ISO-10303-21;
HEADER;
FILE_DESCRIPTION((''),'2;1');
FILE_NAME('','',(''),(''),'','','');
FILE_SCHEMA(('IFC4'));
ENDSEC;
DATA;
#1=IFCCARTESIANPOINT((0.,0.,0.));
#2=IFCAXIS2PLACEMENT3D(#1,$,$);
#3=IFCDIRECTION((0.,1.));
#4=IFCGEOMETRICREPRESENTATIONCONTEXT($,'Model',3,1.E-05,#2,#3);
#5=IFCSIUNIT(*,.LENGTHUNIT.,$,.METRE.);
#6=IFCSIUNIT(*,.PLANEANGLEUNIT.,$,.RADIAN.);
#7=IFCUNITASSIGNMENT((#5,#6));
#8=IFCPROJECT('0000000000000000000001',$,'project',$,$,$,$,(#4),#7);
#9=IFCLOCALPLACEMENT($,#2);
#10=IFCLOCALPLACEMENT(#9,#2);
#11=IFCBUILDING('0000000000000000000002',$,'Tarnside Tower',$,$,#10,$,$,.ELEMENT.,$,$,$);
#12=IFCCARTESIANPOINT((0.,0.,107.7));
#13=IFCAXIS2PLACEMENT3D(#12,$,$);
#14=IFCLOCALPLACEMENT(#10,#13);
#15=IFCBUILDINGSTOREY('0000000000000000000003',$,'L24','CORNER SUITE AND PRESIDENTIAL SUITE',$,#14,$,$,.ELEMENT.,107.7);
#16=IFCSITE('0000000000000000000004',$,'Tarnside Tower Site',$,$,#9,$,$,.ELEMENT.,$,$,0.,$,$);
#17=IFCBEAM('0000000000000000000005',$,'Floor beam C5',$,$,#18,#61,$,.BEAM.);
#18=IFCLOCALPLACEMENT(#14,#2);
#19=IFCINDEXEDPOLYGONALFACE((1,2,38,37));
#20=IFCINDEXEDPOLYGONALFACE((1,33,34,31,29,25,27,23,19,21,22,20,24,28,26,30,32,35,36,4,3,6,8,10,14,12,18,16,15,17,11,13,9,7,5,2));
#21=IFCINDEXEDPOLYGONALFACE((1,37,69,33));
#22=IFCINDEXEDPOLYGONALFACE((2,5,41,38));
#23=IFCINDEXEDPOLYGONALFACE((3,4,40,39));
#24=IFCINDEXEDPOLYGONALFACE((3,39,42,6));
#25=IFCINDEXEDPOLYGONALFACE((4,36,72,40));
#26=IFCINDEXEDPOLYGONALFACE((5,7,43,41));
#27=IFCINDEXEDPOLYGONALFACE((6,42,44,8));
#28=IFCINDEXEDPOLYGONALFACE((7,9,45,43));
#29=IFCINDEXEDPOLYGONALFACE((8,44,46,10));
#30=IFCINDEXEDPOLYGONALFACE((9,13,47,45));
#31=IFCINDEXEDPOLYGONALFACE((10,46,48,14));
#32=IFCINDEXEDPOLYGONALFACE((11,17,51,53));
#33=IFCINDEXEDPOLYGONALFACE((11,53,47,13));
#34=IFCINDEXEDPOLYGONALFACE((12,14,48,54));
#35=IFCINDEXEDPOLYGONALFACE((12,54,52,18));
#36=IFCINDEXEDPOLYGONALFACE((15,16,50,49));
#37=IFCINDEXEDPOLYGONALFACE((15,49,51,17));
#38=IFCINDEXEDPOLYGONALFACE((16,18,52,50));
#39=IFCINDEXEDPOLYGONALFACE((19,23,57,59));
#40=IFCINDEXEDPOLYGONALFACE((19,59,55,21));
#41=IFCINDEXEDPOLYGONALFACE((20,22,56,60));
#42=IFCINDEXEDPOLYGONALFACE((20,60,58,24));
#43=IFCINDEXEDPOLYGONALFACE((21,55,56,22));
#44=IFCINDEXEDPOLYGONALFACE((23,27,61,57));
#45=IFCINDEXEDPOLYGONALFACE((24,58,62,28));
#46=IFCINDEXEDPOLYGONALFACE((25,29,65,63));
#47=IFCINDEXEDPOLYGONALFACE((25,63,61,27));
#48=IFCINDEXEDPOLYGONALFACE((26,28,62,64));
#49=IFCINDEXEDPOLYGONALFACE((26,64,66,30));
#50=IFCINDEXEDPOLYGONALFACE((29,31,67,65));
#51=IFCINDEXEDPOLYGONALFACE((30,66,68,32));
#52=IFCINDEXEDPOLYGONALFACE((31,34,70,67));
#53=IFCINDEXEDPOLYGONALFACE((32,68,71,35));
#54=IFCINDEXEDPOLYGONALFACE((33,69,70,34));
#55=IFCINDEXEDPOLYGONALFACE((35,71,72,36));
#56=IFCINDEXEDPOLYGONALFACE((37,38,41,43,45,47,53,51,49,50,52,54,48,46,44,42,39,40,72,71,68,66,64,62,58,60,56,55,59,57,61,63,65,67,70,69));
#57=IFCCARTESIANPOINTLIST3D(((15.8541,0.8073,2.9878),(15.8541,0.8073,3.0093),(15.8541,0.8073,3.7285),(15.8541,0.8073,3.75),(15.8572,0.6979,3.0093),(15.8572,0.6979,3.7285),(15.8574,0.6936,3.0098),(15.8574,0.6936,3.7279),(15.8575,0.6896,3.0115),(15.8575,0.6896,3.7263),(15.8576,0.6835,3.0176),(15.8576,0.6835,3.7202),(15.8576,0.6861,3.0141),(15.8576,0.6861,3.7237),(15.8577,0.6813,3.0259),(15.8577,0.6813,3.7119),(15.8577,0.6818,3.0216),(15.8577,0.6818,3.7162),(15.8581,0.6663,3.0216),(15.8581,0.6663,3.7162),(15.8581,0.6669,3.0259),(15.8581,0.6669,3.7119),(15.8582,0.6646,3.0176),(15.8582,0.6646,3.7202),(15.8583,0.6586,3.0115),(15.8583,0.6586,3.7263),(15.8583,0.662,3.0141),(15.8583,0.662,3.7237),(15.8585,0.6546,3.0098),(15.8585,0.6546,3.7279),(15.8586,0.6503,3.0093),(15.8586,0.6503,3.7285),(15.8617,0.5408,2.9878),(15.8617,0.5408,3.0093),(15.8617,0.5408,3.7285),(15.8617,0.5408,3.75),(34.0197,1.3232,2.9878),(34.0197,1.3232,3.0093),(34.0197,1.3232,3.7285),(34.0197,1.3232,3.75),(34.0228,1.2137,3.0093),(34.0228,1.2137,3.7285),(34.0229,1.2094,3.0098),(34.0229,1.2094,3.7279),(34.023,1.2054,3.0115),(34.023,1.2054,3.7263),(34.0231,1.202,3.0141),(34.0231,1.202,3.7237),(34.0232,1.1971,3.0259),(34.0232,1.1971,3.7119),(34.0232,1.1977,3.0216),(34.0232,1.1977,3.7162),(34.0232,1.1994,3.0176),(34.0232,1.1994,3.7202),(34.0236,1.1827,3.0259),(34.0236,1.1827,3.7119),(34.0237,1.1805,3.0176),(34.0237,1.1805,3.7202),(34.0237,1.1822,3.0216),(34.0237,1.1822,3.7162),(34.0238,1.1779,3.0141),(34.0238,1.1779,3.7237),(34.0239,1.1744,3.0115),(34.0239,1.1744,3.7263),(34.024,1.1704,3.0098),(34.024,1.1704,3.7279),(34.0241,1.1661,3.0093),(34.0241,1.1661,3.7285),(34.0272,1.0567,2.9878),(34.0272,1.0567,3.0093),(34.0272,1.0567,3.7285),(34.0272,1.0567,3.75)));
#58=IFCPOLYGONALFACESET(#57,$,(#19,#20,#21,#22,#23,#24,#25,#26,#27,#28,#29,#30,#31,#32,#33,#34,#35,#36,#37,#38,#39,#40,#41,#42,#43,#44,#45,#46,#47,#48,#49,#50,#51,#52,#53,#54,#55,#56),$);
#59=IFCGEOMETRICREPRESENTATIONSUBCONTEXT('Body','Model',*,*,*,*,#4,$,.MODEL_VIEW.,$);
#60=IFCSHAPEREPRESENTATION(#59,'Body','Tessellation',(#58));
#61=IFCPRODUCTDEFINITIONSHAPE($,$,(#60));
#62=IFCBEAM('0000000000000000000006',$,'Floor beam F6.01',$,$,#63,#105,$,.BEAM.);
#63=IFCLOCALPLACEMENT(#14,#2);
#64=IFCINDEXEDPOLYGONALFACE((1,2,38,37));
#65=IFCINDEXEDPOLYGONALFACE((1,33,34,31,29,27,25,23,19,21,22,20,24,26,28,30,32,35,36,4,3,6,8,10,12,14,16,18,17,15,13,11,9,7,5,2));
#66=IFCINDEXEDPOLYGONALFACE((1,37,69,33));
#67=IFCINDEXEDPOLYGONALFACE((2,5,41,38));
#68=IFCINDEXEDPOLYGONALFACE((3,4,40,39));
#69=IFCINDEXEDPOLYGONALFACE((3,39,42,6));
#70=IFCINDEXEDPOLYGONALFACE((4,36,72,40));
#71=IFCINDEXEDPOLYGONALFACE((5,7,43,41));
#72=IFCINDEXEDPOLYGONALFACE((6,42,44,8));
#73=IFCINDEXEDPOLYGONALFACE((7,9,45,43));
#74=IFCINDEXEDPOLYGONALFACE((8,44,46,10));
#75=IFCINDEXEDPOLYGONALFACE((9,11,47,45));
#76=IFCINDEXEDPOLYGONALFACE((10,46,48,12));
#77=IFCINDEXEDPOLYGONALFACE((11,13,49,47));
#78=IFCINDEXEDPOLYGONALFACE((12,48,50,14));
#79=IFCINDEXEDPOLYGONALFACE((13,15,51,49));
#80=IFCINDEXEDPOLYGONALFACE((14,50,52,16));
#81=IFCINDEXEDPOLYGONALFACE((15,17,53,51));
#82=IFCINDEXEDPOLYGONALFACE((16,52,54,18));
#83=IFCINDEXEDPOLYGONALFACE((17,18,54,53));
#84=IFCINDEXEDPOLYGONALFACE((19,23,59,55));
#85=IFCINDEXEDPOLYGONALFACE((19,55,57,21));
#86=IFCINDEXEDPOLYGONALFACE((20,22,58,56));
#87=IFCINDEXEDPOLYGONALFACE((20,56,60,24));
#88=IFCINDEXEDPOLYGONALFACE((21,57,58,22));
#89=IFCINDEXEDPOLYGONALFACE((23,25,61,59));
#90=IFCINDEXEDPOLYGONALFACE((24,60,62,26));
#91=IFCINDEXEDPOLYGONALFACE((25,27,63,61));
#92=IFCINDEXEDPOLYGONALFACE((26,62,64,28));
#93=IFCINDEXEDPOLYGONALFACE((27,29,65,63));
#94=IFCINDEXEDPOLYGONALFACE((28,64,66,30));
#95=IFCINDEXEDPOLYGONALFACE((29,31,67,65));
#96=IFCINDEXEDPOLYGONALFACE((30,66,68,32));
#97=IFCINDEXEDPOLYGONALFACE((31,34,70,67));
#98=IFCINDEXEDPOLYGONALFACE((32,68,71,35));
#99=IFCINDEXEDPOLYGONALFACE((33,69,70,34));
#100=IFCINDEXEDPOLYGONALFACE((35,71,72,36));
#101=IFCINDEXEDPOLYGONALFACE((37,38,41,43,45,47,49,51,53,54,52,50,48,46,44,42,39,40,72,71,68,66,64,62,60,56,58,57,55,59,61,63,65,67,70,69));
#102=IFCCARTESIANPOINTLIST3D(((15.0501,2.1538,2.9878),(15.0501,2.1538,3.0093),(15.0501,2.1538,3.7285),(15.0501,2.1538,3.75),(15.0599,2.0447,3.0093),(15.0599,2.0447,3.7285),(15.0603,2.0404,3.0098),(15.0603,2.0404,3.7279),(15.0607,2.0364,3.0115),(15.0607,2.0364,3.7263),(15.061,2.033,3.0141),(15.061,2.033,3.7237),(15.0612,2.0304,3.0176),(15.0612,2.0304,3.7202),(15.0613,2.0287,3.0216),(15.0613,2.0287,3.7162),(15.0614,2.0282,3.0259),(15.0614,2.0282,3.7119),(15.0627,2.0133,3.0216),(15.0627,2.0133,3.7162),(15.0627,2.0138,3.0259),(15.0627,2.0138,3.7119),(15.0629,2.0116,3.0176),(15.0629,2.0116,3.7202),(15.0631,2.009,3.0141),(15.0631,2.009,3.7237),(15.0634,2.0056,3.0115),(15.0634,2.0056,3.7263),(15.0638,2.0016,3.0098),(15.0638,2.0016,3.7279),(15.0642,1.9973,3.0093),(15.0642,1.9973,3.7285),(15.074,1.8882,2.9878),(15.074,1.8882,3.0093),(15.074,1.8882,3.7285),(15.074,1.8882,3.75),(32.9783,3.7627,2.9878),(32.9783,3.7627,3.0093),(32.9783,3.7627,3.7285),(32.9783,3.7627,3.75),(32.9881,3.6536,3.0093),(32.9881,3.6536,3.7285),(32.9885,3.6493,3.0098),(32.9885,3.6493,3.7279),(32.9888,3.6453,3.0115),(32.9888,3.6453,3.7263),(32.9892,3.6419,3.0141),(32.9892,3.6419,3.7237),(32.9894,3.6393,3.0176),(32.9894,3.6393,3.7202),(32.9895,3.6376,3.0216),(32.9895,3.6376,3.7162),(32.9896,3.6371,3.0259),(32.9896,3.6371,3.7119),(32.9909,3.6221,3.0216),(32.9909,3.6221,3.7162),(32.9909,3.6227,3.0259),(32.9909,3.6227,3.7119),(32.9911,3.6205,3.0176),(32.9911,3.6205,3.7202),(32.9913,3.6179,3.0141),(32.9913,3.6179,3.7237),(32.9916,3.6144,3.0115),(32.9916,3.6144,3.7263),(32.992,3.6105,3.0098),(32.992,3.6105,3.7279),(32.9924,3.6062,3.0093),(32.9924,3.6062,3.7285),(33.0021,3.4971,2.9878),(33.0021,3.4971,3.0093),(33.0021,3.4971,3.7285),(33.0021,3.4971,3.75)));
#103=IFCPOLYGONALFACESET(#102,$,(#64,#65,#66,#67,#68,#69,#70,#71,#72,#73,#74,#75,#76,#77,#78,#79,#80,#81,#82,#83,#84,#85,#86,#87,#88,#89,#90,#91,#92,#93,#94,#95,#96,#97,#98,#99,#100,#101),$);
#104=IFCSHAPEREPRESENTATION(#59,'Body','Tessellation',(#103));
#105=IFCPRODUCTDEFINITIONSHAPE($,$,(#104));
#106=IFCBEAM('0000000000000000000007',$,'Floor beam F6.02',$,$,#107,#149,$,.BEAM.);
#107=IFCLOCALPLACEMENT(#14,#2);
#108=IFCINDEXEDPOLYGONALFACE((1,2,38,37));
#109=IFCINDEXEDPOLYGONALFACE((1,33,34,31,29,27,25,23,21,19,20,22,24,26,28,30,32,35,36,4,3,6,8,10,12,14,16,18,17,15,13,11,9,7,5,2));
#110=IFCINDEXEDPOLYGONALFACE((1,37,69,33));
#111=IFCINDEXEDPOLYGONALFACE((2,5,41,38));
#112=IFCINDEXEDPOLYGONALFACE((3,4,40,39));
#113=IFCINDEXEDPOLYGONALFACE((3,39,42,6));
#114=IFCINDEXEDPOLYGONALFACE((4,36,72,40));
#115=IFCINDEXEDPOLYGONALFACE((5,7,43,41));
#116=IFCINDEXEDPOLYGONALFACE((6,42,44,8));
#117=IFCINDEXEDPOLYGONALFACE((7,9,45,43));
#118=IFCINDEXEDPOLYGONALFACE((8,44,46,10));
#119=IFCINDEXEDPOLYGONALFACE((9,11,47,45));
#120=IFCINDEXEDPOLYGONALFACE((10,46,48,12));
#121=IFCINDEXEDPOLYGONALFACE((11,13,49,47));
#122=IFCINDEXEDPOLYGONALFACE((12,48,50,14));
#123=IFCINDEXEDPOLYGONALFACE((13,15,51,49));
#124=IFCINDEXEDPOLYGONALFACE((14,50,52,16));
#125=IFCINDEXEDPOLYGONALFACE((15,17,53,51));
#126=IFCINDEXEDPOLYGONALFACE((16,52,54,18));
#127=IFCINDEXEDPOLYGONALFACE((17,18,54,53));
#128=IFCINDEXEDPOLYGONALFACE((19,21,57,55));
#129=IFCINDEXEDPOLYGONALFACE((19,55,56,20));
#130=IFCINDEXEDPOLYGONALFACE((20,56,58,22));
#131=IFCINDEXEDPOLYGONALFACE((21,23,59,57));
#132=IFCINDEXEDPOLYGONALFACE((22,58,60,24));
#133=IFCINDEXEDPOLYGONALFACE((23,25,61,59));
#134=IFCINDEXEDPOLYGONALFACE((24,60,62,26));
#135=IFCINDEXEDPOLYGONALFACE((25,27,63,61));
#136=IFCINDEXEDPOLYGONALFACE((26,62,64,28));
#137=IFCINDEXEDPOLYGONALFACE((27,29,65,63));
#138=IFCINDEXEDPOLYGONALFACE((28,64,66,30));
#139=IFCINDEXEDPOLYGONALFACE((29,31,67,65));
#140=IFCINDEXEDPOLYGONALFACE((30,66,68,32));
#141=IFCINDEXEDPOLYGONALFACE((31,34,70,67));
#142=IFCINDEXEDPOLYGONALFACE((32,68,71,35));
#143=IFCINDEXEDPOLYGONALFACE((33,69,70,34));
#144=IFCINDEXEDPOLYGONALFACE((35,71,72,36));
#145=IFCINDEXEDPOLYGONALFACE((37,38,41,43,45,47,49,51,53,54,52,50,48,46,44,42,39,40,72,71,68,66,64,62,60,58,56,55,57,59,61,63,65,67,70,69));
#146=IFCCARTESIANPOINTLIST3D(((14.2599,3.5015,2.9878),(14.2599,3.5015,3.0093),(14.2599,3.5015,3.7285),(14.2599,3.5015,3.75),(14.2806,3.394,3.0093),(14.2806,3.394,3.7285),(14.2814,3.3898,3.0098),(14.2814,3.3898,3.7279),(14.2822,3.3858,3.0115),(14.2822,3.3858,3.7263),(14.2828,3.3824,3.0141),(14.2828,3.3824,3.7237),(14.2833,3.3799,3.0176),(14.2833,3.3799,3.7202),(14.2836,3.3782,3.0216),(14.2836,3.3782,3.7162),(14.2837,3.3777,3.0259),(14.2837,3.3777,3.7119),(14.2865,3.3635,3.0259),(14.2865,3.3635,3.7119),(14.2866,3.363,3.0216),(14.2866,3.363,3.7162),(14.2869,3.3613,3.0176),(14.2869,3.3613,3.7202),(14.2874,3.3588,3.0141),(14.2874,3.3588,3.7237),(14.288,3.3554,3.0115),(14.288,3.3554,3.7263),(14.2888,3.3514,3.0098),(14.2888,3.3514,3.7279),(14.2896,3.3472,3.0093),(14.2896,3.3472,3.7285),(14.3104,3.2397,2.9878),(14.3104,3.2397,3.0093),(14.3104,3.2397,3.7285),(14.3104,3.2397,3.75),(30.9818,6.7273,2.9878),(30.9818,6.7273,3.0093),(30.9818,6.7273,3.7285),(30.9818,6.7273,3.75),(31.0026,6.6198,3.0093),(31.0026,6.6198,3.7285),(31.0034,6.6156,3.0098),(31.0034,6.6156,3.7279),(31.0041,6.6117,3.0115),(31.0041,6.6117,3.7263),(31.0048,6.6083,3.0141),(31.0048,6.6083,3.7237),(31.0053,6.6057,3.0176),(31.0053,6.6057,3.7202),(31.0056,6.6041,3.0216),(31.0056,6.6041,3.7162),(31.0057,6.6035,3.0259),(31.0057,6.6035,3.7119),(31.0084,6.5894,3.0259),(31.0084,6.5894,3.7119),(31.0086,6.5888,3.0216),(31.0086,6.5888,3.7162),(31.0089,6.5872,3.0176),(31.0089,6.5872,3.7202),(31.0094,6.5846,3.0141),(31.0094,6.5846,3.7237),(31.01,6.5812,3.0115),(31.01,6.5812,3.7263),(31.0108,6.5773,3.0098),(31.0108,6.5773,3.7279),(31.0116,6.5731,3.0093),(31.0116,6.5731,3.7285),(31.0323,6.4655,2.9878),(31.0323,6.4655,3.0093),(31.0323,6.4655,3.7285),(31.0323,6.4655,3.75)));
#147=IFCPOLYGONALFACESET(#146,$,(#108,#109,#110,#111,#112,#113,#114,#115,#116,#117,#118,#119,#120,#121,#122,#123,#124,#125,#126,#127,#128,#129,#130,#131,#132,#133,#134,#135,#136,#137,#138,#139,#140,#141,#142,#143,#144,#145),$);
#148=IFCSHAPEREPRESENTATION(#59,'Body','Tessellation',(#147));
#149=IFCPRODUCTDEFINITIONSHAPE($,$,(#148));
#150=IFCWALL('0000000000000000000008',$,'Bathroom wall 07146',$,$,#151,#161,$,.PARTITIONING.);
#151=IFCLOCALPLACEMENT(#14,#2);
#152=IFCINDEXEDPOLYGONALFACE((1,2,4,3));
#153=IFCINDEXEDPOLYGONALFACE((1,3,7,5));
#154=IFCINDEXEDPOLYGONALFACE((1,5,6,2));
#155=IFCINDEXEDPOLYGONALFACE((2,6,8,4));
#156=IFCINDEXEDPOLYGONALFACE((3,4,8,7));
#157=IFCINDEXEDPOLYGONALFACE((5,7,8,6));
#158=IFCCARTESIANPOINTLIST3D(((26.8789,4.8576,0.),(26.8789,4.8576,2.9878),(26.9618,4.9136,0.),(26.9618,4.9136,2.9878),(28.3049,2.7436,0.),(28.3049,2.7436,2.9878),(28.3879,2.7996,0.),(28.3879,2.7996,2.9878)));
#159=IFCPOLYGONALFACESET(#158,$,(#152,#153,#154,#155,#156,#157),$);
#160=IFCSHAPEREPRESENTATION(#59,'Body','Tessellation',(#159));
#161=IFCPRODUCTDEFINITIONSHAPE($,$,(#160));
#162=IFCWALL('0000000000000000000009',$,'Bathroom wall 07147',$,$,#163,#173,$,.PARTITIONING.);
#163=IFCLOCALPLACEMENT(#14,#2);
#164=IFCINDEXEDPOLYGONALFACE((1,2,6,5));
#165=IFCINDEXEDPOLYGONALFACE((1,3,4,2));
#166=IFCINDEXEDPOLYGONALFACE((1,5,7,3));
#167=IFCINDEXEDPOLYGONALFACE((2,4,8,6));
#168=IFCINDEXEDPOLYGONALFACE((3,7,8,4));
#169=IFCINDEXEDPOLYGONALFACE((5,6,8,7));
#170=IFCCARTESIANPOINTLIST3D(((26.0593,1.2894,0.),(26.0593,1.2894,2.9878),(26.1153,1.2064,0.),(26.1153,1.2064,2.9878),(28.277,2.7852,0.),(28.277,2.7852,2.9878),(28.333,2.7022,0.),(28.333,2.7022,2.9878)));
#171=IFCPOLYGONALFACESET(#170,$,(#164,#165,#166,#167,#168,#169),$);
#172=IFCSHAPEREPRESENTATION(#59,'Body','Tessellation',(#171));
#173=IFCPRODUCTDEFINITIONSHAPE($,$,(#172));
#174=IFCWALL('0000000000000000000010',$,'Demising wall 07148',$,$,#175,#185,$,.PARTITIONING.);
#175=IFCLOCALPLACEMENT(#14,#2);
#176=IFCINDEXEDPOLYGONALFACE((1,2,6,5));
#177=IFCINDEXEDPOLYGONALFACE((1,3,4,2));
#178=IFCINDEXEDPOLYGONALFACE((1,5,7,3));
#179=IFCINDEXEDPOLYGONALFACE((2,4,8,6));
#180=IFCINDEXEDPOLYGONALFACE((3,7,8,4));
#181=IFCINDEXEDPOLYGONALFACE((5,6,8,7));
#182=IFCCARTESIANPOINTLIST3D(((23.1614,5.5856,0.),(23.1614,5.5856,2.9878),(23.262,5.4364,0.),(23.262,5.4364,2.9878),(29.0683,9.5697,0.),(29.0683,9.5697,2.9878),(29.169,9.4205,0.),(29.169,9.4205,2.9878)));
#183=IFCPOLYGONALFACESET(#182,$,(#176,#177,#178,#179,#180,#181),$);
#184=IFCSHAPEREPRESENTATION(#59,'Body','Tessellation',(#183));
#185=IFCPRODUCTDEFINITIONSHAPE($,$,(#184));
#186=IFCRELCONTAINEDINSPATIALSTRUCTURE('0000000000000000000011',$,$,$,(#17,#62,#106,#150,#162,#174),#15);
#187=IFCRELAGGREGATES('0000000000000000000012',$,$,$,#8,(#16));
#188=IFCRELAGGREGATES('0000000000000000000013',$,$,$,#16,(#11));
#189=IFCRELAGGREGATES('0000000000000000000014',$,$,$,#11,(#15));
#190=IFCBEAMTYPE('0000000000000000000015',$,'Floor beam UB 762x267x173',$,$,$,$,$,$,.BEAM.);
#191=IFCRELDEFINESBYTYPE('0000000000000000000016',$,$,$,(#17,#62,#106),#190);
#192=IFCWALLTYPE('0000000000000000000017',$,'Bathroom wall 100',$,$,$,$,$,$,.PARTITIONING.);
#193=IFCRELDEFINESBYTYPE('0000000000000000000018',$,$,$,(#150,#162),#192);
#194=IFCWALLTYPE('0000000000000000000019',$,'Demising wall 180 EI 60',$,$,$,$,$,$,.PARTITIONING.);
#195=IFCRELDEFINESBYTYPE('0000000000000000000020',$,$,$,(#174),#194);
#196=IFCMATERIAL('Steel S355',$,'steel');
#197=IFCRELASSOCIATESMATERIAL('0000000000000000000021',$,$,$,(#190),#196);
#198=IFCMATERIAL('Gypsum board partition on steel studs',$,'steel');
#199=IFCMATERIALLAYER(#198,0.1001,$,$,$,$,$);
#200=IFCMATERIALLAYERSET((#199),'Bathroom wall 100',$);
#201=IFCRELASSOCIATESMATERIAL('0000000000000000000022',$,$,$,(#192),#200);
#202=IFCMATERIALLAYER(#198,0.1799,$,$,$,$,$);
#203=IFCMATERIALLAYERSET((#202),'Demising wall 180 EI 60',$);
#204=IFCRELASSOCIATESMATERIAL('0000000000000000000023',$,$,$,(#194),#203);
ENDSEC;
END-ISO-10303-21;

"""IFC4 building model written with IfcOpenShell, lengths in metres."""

from ifc_helpers import new_model, si_unit, direction, frame, frame_2d, origin, origin_2d, place, context, subcontext, project, spatial, rectangle, i_section, extrude, material, layer, layer_set, material_profile, profile_set, type_object, element, save


model = new_model("IFC4")

# Units and contexts
model_context = context("Model", 3, precision=1e-05, world=origin(), true_north=direction((0.0, 1.0)))
body_context = subcontext(model_context, "Body", "Model", "MODEL_VIEW")
ifc_project = project(units=[si_unit("LENGTHUNIT", "METRE"), si_unit("PLANEANGLEUNIT", "RADIAN")], contexts=[model_context])

# Site, building, storey
site_placement = place(None, origin())
site = spatial("IfcSite", under=ifc_project, at=site_placement, Name="Tarnside Tower Site", CompositionType="ELEMENT", RefElevation=0.0)
building_placement = place(site_placement, origin())
building = spatial("IfcBuilding", under=site, at=building_placement, Name="Tarnside Tower", CompositionType="ELEMENT")
storey_placement = place(building_placement, frame((0.0, 0.0, 107.7)))
storey = spatial("IfcBuildingStorey", under=building, at=storey_placement, Name="L24", Description="CORNER SUITE AND PRESIDENTIAL SUITE", CompositionType="ELEMENT", Elevation=107.7)

# Beams
ifc_material_1 = material(Name="Steel S355", Category="steel")
ifc_material_profile = material_profile(ifc_material_1, i_section(OverallWidth=0.2666, OverallDepth=0.7622, WebThickness=0.0144, FlangeThickness=0.0215, FilletRadius=0.0166, at=origin_2d()), Name="UB 762x267x173")
ifc_profile_set = profile_set([ifc_material_profile], Name="Steel S355")
beam_type = type_object("IfcBeamType", Name="Floor beam UB 762x267x173", PredefinedType="BEAM", material=ifc_profile_set)
beam_1_placement = place(storey_placement, frame((34.0234, 1.1899, 3.3689), z_axis=(-0.999597, -0.028387, 0.0), x_axis=(0.028387, -0.999597, 0.0)))
element("IfcBeam", 1, at=beam_1_placement, inside=storey, type_object=beam_type, Name="Floor beam C5", PredefinedType="BEAM", context=body_context, shape_type="SweptSolid", body=[
    extrude(i_section(OverallWidth=0.2666, OverallDepth=0.7622, WebThickness=0.0144, FlangeThickness=0.0215, FilletRadius=0.0166, at=origin_2d()), origin(), (0.0, 0.0, 1.0), 18.1729),
])
beam_2_placement = place(storey_placement, frame((32.9902, 3.6299, 3.3689), z_axis=(-0.995997, -0.089381, 0.0), x_axis=(0.089381, -0.995997, 0.0)))
element("IfcBeam", 2, at=beam_2_placement, inside=storey, type_object=beam_type, Name="Floor beam F6.01", PredefinedType="BEAM", context=body_context, shape_type="SweptSolid", body=[
    extrude(i_section(OverallWidth=0.2666, OverallDepth=0.7622, WebThickness=0.0144, FlangeThickness=0.0215, FilletRadius=0.0166, at=origin_2d()), origin(), (0.0, 0.0, 1.0), 18.0002),
])
beam_3_placement = place(storey_placement, frame((31.0071, 6.5964, 3.3689), z_axis=(-0.981897, -0.189418, 0.0), x_axis=(0.189418, -0.981897, 0.0)))
element("IfcBeam", 3, at=beam_3_placement, inside=storey, type_object=beam_type, Name="Floor beam F6.02", PredefinedType="BEAM", context=body_context, shape_type="SweptSolid", body=[
    extrude(i_section(OverallWidth=0.2666, OverallDepth=0.7622, WebThickness=0.0144, FlangeThickness=0.0215, FilletRadius=0.0166, at=origin_2d()), origin(), (0.0, 0.0, 1.0), 17.0303),
])

# Walls
ifc_material_2 = material(Name="Gypsum board partition on steel studs", Category="steel")
ifc_layer_1 = layer(ifc_material_2, 0.1001)
ifc_layer_set_1 = layer_set([ifc_layer_1], Name="Bathroom wall 100")
wall_type_1 = type_object("IfcWallType", Name="Bathroom wall 100", PredefinedType="PARTITIONING", material=ifc_layer_set_1)
wall_1_placement = place(storey_placement, frame((26.9204, 4.8855, 0.0), z_axis=(0.0, 0.0, 1.0), x_axis=(0.559221, -0.829018, 0.0)))
element("IfcWall", 4, at=wall_1_placement, inside=storey, type_object=wall_type_1, Name="Bathroom wall 07146", PredefinedType="PARTITIONING", context=body_context, shape_type="SweptSolid", body=[
    extrude(rectangle(XDim=2.55, YDim=0.1001, at=frame_2d((1.2749, 0.0))), origin(), (0.0, 0.0, 1.0), 2.9878),
])
wall_2_placement = place(storey_placement, frame((28.3049, 2.7437, 0.0), z_axis=(0.0, 0.0, 1.0), x_axis=(-0.829048, -0.559178, 0.0)))
element("IfcWall", 5, at=wall_2_placement, inside=storey, type_object=wall_type_1, Name="Bathroom wall 07147", PredefinedType="PARTITIONING", context=body_context, shape_type="SweptSolid", body=[
    extrude(rectangle(XDim=2.675, YDim=0.1001, at=frame_2d((1.3374, 0.0))), origin(), (0.0, 0.0, 1.0), 2.9878),
])
ifc_layer_2 = layer(ifc_material_2, 0.1799)
ifc_layer_set_2 = layer_set([ifc_layer_2], Name="Demising wall 180 EI 60")
wall_type_2 = type_object("IfcWallType", Name="Demising wall 180 EI 60", PredefinedType="PARTITIONING", material=ifc_layer_set_2)
wall_3_placement = place(storey_placement, frame((29.1187, 9.4951, 0.0), z_axis=(0.0, 0.0, 1.0), x_axis=(-0.829049, -0.559176, 0.0)))
element("IfcWall", 6, at=wall_3_placement, inside=storey, type_object=wall_type_2, Name="Demising wall 07148", PredefinedType="PARTITIONING", context=body_context, shape_type="SweptSolid", body=[
    extrude(rectangle(XDim=7.125, YDim=0.1799, at=frame_2d((3.5625, 0.0))), origin(), (0.0, 0.0, 1.0), 2.9878),
])

save(model, "model.ifc")
